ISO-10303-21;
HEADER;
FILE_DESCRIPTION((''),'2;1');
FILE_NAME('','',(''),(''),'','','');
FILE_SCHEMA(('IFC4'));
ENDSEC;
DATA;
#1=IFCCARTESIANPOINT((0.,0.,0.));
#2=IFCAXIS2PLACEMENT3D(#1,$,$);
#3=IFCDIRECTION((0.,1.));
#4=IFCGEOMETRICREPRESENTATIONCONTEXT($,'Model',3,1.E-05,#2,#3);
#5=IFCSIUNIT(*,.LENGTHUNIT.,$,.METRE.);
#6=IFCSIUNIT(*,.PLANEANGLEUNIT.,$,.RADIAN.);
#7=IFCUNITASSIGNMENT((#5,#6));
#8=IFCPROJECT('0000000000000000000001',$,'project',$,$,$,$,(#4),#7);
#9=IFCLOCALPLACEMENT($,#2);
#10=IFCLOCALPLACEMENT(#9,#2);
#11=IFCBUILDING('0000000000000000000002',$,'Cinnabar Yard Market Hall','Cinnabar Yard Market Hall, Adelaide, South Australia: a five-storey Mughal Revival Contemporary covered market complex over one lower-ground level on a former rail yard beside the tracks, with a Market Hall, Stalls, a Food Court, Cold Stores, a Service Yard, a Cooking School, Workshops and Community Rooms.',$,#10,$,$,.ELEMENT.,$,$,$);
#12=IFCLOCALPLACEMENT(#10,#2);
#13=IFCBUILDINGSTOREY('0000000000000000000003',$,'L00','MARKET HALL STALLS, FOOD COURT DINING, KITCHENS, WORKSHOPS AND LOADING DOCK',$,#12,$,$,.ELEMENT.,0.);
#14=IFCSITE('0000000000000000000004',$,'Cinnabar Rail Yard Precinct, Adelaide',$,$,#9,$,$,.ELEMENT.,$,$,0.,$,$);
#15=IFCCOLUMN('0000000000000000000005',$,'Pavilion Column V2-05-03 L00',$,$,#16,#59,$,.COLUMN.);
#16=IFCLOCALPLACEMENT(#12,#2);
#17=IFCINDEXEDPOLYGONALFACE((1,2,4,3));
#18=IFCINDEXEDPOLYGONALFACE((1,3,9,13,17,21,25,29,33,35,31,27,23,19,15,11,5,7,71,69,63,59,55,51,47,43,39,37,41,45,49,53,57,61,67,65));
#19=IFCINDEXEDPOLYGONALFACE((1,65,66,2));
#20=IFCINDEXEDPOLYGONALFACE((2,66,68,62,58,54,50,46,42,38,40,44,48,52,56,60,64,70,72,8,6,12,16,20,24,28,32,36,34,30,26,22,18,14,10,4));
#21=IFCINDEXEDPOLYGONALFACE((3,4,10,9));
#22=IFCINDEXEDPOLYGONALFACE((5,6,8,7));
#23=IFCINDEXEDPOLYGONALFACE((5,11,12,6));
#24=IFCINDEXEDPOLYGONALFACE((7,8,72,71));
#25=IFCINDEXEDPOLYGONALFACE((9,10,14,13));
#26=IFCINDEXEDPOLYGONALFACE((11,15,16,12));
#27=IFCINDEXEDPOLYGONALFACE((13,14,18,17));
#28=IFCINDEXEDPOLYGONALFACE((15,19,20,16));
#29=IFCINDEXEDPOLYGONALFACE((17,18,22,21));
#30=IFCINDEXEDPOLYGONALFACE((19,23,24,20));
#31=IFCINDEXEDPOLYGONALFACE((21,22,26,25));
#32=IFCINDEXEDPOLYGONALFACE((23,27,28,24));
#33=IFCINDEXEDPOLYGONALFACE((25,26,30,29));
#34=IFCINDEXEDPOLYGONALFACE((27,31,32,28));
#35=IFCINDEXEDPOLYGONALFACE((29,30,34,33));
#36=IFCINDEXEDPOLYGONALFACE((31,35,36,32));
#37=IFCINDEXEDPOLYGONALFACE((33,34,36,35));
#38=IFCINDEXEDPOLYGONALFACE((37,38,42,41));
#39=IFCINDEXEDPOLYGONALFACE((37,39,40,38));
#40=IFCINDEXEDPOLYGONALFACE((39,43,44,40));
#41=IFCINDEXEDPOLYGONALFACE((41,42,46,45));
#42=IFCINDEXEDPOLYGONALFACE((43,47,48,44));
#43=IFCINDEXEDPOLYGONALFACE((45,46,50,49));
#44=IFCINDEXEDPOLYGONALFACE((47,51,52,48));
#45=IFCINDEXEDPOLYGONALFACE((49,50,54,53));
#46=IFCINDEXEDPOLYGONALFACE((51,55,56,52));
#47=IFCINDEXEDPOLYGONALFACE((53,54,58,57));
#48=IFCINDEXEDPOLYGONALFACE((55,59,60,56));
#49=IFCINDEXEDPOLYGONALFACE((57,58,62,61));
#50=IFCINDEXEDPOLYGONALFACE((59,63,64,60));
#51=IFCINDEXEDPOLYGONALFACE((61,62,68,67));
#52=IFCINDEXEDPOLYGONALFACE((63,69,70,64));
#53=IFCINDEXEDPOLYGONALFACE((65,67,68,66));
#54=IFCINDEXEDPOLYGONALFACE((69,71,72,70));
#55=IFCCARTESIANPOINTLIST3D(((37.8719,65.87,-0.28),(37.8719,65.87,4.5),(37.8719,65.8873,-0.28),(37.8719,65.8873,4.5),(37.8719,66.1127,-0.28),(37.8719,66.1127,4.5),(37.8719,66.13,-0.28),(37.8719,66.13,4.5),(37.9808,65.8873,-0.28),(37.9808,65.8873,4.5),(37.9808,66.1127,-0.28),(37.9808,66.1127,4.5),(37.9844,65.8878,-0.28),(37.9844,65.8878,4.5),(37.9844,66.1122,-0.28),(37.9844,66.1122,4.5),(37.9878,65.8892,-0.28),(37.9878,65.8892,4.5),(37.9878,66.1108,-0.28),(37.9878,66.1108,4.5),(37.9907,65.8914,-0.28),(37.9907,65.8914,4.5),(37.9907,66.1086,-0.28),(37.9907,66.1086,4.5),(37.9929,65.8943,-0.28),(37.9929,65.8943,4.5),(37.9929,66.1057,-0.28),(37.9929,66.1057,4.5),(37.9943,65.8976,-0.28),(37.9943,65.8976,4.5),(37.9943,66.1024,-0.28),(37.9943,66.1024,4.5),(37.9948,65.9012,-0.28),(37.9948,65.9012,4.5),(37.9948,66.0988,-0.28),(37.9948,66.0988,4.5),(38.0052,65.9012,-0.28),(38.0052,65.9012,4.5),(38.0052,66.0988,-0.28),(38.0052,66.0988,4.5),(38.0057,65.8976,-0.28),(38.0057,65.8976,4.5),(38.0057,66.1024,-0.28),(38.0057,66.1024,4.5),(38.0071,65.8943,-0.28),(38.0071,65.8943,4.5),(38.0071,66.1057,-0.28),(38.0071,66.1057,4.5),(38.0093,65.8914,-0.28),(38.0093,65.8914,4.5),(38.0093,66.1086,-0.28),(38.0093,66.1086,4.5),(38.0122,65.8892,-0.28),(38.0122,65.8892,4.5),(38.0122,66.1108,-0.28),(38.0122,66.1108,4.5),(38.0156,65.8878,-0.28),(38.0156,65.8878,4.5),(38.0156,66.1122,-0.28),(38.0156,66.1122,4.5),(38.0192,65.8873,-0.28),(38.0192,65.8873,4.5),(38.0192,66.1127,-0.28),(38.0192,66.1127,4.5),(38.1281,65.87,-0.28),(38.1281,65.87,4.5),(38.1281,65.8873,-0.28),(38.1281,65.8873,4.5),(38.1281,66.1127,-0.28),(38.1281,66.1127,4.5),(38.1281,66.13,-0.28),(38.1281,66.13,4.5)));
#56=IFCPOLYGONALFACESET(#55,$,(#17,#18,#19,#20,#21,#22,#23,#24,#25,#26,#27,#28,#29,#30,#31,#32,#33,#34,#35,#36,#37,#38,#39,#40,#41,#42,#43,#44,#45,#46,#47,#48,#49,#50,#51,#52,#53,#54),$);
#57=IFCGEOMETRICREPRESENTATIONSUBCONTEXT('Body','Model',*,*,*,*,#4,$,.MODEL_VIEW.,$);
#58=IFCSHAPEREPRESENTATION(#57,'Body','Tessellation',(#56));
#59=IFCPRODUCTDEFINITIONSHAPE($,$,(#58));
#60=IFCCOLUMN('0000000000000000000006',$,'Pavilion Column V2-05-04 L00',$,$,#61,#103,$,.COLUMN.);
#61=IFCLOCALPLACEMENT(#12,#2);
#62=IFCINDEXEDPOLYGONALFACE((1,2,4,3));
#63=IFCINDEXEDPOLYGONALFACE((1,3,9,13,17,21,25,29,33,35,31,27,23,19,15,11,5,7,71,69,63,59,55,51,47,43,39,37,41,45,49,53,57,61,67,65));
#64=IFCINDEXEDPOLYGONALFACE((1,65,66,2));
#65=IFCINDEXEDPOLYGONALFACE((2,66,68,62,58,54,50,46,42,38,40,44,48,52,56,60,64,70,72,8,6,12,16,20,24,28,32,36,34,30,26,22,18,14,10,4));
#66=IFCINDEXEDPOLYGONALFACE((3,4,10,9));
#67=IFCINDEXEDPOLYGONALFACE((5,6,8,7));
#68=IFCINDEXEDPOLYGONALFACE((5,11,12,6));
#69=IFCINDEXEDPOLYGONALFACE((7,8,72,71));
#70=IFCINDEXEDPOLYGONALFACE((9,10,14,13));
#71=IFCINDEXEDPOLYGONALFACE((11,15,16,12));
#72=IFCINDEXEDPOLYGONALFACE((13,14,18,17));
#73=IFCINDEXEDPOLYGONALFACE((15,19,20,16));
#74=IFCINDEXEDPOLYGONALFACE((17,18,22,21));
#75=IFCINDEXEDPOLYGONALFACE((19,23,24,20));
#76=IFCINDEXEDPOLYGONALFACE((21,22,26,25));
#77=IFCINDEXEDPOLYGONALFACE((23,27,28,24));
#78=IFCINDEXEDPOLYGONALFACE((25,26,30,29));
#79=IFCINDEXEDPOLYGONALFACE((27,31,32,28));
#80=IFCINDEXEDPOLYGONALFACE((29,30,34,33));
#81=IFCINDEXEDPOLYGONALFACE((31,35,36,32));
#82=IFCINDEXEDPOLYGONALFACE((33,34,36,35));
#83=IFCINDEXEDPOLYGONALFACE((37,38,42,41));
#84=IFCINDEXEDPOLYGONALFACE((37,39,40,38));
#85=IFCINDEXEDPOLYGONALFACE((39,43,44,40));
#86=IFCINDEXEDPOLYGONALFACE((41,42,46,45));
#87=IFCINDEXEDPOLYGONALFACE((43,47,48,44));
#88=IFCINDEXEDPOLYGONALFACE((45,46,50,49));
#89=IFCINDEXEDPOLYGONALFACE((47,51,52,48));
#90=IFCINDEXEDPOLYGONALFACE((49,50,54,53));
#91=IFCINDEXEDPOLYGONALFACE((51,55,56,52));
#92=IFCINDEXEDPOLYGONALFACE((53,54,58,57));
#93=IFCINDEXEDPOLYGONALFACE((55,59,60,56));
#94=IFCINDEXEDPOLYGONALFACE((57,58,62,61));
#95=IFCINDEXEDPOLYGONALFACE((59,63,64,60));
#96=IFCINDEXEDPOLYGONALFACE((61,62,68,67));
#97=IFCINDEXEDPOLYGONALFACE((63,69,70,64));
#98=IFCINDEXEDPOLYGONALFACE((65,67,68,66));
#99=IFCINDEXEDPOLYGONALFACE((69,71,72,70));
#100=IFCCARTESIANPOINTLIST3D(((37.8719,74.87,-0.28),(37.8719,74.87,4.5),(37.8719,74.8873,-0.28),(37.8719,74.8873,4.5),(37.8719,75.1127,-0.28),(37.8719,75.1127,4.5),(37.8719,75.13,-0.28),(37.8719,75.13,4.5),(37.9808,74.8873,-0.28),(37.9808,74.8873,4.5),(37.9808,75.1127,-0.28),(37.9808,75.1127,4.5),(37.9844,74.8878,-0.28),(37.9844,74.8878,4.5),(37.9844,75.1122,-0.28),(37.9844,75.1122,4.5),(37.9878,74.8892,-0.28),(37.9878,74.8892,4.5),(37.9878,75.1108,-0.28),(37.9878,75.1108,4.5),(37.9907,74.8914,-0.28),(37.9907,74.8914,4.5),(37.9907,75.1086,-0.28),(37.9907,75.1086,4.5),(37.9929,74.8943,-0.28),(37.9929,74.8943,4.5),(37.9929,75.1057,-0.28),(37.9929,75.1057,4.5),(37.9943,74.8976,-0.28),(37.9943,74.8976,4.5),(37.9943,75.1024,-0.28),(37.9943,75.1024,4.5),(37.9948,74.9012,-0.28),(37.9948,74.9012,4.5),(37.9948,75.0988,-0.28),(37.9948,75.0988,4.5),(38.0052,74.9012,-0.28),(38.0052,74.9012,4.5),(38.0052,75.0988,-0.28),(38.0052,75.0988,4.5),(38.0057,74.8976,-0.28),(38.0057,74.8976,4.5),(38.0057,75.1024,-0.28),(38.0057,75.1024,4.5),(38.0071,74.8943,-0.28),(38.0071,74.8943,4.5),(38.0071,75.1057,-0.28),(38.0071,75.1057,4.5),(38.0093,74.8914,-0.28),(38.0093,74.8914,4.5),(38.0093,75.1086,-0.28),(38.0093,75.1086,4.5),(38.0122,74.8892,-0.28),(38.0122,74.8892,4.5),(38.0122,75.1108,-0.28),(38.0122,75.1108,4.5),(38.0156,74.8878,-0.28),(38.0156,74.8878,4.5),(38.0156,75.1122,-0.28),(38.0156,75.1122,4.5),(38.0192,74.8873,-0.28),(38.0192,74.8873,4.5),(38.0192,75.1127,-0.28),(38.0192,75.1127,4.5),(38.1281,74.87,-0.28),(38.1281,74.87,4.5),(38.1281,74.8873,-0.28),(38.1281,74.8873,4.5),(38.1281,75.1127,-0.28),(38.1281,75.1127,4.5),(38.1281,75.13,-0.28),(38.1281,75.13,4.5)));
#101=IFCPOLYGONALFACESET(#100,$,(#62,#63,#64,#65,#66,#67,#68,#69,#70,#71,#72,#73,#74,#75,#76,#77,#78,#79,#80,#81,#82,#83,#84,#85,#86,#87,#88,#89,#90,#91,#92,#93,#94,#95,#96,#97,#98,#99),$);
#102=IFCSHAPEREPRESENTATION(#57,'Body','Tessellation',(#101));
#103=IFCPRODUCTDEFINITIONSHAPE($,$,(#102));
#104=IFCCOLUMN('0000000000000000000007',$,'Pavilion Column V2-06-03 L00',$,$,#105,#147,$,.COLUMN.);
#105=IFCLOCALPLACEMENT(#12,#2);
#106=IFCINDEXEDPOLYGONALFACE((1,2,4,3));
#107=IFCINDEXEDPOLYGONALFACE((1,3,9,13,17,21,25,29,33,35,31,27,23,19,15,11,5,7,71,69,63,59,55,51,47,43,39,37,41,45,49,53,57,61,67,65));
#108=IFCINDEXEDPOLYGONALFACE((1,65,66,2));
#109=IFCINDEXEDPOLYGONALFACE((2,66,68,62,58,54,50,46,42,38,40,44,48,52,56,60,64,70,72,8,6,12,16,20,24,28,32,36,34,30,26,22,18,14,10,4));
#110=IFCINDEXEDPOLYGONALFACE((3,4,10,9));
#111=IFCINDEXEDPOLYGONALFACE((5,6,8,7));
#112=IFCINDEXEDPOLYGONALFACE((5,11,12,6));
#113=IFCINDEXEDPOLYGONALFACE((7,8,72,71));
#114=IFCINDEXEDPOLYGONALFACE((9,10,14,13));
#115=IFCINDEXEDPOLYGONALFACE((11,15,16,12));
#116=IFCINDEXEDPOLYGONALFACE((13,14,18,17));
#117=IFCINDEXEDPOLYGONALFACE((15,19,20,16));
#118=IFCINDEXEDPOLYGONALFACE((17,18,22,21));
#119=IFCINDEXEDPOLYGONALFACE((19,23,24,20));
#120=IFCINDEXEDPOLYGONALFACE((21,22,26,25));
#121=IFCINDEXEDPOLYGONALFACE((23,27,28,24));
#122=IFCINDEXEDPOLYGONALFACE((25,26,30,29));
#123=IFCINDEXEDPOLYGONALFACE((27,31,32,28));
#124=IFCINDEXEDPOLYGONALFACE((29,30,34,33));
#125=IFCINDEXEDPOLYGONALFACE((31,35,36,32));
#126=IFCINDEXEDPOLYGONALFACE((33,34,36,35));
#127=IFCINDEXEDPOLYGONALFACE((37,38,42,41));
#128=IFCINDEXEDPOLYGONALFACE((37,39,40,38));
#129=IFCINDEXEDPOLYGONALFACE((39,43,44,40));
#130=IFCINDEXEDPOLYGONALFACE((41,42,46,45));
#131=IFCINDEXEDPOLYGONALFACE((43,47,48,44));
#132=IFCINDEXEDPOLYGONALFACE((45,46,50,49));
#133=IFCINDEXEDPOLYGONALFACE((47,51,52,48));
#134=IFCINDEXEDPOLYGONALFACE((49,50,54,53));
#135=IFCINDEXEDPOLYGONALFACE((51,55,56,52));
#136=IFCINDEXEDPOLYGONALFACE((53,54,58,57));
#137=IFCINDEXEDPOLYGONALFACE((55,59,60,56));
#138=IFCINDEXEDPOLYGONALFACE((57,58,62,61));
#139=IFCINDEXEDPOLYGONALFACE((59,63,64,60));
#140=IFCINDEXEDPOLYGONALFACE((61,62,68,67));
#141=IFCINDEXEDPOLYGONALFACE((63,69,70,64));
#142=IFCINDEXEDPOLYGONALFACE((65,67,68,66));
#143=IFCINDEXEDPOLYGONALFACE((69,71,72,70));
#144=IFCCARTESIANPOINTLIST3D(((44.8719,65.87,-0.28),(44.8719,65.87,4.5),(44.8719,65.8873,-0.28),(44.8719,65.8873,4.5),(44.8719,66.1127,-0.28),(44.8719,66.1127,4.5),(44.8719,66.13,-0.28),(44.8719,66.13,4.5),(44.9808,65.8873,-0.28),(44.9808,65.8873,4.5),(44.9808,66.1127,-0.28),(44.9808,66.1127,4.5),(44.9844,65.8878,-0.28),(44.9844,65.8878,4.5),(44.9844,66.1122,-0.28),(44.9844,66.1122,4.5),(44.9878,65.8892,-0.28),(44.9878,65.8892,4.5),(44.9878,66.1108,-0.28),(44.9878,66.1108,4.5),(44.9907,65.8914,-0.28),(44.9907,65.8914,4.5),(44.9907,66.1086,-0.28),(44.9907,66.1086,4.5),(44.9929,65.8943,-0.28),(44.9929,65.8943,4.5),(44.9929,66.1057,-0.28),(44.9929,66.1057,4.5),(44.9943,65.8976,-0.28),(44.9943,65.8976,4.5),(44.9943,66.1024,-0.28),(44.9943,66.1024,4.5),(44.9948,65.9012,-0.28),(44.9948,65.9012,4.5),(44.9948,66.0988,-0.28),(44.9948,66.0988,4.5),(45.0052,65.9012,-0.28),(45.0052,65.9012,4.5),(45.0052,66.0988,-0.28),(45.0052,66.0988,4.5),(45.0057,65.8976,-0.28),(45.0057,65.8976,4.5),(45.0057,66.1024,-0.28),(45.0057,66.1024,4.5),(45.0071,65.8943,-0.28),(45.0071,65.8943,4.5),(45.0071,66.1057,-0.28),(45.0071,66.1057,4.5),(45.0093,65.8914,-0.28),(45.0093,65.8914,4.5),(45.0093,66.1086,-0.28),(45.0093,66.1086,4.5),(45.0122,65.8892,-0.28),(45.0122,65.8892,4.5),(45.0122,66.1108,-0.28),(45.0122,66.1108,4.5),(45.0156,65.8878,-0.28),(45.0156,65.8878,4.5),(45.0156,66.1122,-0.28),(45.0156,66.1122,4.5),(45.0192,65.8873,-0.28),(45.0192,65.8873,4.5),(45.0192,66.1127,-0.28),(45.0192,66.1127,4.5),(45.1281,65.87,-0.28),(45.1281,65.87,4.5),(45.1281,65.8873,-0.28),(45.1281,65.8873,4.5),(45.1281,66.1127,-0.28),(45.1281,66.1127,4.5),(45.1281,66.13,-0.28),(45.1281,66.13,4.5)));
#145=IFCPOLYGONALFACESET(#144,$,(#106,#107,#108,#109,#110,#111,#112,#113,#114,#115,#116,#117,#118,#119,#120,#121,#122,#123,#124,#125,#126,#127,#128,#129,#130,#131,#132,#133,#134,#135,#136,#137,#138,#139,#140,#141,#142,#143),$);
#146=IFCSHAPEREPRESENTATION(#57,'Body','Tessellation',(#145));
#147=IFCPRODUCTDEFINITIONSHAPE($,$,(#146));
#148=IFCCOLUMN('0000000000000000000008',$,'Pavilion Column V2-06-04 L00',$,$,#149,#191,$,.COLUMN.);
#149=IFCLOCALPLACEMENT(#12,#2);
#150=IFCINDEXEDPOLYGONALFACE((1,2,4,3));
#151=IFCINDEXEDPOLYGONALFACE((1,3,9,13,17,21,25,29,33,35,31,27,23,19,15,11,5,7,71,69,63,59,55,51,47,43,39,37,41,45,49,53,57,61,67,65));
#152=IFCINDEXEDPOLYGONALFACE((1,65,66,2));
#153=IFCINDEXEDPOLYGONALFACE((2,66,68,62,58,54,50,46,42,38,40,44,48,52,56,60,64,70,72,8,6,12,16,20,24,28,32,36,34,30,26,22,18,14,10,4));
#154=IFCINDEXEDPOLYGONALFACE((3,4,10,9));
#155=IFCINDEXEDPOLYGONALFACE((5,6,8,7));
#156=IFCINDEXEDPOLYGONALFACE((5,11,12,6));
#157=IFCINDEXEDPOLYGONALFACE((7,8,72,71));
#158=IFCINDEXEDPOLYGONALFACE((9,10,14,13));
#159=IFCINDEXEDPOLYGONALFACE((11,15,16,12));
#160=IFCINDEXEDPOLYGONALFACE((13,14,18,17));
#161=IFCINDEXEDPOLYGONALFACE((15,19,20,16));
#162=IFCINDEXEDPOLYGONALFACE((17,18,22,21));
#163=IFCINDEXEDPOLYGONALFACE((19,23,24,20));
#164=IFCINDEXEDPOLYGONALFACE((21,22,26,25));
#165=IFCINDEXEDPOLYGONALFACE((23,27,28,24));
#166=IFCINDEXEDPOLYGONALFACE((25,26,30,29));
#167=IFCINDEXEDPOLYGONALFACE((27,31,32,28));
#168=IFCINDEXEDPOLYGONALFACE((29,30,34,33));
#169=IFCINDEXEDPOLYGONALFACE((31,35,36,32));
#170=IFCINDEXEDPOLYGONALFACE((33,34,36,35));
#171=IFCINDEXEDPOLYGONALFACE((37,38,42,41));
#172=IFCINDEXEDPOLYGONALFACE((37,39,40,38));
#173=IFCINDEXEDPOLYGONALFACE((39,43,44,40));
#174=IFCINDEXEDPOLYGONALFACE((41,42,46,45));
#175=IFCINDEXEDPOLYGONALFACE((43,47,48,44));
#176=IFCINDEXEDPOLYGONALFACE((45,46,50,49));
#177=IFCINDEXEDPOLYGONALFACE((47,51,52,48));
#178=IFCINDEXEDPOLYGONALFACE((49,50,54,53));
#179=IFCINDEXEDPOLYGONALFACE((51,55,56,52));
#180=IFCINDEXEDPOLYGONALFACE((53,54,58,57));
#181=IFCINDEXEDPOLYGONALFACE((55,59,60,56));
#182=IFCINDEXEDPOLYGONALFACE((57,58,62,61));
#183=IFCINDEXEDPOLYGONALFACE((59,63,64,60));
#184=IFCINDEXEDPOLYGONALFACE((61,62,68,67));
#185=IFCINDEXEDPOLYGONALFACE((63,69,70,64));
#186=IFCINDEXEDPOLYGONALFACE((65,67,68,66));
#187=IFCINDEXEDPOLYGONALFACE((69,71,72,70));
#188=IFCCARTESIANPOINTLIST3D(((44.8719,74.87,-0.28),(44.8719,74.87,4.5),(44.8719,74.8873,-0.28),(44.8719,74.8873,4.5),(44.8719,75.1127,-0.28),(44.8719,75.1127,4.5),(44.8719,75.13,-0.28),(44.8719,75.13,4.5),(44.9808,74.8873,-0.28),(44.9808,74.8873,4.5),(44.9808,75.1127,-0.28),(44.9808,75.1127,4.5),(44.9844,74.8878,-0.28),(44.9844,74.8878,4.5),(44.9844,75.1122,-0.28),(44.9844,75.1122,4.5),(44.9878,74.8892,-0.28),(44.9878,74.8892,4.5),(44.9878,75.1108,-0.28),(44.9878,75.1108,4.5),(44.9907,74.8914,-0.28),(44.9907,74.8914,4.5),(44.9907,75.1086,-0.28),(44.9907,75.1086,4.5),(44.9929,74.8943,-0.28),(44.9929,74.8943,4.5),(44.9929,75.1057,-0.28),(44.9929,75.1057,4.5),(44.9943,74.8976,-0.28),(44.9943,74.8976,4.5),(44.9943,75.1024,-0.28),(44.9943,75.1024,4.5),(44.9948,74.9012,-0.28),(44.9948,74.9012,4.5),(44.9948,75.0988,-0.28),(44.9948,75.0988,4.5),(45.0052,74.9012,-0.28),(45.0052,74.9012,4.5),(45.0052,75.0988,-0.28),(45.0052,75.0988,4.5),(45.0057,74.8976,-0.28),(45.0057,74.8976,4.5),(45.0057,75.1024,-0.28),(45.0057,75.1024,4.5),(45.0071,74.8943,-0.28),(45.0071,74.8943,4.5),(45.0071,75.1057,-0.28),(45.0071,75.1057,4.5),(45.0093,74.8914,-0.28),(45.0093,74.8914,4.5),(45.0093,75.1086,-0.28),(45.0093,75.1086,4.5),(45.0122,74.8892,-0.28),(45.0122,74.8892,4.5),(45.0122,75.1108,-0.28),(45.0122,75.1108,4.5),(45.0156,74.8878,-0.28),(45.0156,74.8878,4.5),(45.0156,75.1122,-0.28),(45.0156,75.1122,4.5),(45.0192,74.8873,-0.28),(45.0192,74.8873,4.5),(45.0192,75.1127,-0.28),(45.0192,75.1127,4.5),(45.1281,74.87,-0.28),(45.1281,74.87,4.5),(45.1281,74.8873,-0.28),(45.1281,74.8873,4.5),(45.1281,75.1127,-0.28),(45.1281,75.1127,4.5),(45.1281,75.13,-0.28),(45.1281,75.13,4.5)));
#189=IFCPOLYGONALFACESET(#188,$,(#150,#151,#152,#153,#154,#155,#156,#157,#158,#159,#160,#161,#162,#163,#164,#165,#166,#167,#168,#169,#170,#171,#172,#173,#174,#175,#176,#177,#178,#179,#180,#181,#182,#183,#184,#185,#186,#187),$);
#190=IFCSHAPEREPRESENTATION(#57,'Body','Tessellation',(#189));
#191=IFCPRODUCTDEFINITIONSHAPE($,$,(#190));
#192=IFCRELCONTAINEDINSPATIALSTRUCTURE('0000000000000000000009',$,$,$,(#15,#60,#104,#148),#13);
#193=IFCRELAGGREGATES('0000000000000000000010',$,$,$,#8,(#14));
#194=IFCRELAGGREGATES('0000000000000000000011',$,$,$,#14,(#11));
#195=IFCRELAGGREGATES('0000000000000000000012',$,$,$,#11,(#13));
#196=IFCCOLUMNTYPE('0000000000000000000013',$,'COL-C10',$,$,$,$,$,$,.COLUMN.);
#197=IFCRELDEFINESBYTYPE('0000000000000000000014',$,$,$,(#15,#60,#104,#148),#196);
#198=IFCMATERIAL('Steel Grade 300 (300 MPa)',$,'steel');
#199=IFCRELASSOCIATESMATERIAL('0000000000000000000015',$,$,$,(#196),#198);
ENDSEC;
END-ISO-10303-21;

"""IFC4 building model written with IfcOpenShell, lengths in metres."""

from ifc_helpers import new_model, si_unit, direction, frame, origin, origin_2d_with_axis, place, context, subcontext, project, spatial, i_section, extrude, material, material_profile, profile_set, type_object, element, save


model = new_model("IFC4")

# Units and contexts
model_context = context("Model", 3, precision=1e-05, world=origin(), true_north=direction((0.0, 1.0)))
body_context = subcontext(model_context, "Body", "Model", "MODEL_VIEW")
ifc_project = project(units=[si_unit("LENGTHUNIT", "METRE"), si_unit("PLANEANGLEUNIT", "RADIAN")], contexts=[model_context])

# Site, building, storey
site_placement = place(None, origin())
site = spatial("IfcSite", under=ifc_project, at=site_placement, Name="Cinnabar Rail Yard Precinct, Adelaide", CompositionType="ELEMENT", RefElevation=0.0)
building_placement = place(site_placement, origin())
building = spatial("IfcBuilding", under=site, at=building_placement, Name="Cinnabar Yard Market Hall", Description="Cinnabar Yard Market Hall, Adelaide, South Australia: a five-storey Mughal Revival Contemporary covered market complex over one lower-ground level on a former rail yard beside the tracks, with a Market Hall, Stalls, a Food Court, Cold Stores, a Service Yard, a Cooking School, Workshops and Community Rooms.", CompositionType="ELEMENT")
storey_placement = place(building_placement, origin())
storey = spatial("IfcBuildingStorey", under=building, at=storey_placement, Name="L00", Description="MARKET HALL STALLS, FOOD COURT DINING, KITCHENS, WORKSHOPS AND LOADING DOCK", CompositionType="ELEMENT", Elevation=0.0)

# Columns
ifc_material_1 = material(Name="Steel Grade 300 (300 MPa)", Category="steel")
ifc_material_profile_1 = material_profile(ifc_material_1, i_section(OverallWidth=0.2561, OverallDepth=0.26, WebThickness=0.0105, FlangeThickness=0.0173, FilletRadius=0.0139, at=origin_2d_with_axis()), Name="250UC89.5")
ifc_profile_set_1 = profile_set([ifc_material_profile_1], Name="Steel Grade 300 (300 MPa)")
column_type_1 = type_object("IfcColumnType", Name="COL-C10", PredefinedType="COLUMN", material=ifc_profile_set_1)
for number, where, z_axis, x_axis, name in (
    (1, (38.0, 66.0, -0.28), (0.0, 0.0, 1.0), (1.0, 0.0, 0.0), "Pavilion Column V2-05-03 L00"),
    (2, (38.0, 75.0, -0.28), (0.0, 0.0, 1.0), (1.0, 0.0, 0.0), "Pavilion Column V2-05-04 L00"),
    (3, (45.0, 66.0, -0.28), (0.0, 0.0, 1.0), (1.0, 0.0, 0.0), "Pavilion Column V2-06-03 L00"),
    (4, (45.0, 75.0, -0.28), (0.0, 0.0, 1.0), (1.0, 0.0, 0.0), "Pavilion Column V2-06-04 L00"),
):
    element("IfcColumn", number, at=place(storey_placement, frame(where, z_axis=z_axis, x_axis=x_axis)), inside=storey, type_object=column_type_1, Name=name, PredefinedType="COLUMN", context=body_context, shape_type="SweptSolid", body=[
        extrude(i_section(OverallWidth=0.2561, OverallDepth=0.26, WebThickness=0.0105, FlangeThickness=0.0173, FilletRadius=0.0139, at=origin_2d_with_axis()), origin(), (0.0, 0.0, 1.0), 4.78),
    ])

save(model, "model.ifc")
